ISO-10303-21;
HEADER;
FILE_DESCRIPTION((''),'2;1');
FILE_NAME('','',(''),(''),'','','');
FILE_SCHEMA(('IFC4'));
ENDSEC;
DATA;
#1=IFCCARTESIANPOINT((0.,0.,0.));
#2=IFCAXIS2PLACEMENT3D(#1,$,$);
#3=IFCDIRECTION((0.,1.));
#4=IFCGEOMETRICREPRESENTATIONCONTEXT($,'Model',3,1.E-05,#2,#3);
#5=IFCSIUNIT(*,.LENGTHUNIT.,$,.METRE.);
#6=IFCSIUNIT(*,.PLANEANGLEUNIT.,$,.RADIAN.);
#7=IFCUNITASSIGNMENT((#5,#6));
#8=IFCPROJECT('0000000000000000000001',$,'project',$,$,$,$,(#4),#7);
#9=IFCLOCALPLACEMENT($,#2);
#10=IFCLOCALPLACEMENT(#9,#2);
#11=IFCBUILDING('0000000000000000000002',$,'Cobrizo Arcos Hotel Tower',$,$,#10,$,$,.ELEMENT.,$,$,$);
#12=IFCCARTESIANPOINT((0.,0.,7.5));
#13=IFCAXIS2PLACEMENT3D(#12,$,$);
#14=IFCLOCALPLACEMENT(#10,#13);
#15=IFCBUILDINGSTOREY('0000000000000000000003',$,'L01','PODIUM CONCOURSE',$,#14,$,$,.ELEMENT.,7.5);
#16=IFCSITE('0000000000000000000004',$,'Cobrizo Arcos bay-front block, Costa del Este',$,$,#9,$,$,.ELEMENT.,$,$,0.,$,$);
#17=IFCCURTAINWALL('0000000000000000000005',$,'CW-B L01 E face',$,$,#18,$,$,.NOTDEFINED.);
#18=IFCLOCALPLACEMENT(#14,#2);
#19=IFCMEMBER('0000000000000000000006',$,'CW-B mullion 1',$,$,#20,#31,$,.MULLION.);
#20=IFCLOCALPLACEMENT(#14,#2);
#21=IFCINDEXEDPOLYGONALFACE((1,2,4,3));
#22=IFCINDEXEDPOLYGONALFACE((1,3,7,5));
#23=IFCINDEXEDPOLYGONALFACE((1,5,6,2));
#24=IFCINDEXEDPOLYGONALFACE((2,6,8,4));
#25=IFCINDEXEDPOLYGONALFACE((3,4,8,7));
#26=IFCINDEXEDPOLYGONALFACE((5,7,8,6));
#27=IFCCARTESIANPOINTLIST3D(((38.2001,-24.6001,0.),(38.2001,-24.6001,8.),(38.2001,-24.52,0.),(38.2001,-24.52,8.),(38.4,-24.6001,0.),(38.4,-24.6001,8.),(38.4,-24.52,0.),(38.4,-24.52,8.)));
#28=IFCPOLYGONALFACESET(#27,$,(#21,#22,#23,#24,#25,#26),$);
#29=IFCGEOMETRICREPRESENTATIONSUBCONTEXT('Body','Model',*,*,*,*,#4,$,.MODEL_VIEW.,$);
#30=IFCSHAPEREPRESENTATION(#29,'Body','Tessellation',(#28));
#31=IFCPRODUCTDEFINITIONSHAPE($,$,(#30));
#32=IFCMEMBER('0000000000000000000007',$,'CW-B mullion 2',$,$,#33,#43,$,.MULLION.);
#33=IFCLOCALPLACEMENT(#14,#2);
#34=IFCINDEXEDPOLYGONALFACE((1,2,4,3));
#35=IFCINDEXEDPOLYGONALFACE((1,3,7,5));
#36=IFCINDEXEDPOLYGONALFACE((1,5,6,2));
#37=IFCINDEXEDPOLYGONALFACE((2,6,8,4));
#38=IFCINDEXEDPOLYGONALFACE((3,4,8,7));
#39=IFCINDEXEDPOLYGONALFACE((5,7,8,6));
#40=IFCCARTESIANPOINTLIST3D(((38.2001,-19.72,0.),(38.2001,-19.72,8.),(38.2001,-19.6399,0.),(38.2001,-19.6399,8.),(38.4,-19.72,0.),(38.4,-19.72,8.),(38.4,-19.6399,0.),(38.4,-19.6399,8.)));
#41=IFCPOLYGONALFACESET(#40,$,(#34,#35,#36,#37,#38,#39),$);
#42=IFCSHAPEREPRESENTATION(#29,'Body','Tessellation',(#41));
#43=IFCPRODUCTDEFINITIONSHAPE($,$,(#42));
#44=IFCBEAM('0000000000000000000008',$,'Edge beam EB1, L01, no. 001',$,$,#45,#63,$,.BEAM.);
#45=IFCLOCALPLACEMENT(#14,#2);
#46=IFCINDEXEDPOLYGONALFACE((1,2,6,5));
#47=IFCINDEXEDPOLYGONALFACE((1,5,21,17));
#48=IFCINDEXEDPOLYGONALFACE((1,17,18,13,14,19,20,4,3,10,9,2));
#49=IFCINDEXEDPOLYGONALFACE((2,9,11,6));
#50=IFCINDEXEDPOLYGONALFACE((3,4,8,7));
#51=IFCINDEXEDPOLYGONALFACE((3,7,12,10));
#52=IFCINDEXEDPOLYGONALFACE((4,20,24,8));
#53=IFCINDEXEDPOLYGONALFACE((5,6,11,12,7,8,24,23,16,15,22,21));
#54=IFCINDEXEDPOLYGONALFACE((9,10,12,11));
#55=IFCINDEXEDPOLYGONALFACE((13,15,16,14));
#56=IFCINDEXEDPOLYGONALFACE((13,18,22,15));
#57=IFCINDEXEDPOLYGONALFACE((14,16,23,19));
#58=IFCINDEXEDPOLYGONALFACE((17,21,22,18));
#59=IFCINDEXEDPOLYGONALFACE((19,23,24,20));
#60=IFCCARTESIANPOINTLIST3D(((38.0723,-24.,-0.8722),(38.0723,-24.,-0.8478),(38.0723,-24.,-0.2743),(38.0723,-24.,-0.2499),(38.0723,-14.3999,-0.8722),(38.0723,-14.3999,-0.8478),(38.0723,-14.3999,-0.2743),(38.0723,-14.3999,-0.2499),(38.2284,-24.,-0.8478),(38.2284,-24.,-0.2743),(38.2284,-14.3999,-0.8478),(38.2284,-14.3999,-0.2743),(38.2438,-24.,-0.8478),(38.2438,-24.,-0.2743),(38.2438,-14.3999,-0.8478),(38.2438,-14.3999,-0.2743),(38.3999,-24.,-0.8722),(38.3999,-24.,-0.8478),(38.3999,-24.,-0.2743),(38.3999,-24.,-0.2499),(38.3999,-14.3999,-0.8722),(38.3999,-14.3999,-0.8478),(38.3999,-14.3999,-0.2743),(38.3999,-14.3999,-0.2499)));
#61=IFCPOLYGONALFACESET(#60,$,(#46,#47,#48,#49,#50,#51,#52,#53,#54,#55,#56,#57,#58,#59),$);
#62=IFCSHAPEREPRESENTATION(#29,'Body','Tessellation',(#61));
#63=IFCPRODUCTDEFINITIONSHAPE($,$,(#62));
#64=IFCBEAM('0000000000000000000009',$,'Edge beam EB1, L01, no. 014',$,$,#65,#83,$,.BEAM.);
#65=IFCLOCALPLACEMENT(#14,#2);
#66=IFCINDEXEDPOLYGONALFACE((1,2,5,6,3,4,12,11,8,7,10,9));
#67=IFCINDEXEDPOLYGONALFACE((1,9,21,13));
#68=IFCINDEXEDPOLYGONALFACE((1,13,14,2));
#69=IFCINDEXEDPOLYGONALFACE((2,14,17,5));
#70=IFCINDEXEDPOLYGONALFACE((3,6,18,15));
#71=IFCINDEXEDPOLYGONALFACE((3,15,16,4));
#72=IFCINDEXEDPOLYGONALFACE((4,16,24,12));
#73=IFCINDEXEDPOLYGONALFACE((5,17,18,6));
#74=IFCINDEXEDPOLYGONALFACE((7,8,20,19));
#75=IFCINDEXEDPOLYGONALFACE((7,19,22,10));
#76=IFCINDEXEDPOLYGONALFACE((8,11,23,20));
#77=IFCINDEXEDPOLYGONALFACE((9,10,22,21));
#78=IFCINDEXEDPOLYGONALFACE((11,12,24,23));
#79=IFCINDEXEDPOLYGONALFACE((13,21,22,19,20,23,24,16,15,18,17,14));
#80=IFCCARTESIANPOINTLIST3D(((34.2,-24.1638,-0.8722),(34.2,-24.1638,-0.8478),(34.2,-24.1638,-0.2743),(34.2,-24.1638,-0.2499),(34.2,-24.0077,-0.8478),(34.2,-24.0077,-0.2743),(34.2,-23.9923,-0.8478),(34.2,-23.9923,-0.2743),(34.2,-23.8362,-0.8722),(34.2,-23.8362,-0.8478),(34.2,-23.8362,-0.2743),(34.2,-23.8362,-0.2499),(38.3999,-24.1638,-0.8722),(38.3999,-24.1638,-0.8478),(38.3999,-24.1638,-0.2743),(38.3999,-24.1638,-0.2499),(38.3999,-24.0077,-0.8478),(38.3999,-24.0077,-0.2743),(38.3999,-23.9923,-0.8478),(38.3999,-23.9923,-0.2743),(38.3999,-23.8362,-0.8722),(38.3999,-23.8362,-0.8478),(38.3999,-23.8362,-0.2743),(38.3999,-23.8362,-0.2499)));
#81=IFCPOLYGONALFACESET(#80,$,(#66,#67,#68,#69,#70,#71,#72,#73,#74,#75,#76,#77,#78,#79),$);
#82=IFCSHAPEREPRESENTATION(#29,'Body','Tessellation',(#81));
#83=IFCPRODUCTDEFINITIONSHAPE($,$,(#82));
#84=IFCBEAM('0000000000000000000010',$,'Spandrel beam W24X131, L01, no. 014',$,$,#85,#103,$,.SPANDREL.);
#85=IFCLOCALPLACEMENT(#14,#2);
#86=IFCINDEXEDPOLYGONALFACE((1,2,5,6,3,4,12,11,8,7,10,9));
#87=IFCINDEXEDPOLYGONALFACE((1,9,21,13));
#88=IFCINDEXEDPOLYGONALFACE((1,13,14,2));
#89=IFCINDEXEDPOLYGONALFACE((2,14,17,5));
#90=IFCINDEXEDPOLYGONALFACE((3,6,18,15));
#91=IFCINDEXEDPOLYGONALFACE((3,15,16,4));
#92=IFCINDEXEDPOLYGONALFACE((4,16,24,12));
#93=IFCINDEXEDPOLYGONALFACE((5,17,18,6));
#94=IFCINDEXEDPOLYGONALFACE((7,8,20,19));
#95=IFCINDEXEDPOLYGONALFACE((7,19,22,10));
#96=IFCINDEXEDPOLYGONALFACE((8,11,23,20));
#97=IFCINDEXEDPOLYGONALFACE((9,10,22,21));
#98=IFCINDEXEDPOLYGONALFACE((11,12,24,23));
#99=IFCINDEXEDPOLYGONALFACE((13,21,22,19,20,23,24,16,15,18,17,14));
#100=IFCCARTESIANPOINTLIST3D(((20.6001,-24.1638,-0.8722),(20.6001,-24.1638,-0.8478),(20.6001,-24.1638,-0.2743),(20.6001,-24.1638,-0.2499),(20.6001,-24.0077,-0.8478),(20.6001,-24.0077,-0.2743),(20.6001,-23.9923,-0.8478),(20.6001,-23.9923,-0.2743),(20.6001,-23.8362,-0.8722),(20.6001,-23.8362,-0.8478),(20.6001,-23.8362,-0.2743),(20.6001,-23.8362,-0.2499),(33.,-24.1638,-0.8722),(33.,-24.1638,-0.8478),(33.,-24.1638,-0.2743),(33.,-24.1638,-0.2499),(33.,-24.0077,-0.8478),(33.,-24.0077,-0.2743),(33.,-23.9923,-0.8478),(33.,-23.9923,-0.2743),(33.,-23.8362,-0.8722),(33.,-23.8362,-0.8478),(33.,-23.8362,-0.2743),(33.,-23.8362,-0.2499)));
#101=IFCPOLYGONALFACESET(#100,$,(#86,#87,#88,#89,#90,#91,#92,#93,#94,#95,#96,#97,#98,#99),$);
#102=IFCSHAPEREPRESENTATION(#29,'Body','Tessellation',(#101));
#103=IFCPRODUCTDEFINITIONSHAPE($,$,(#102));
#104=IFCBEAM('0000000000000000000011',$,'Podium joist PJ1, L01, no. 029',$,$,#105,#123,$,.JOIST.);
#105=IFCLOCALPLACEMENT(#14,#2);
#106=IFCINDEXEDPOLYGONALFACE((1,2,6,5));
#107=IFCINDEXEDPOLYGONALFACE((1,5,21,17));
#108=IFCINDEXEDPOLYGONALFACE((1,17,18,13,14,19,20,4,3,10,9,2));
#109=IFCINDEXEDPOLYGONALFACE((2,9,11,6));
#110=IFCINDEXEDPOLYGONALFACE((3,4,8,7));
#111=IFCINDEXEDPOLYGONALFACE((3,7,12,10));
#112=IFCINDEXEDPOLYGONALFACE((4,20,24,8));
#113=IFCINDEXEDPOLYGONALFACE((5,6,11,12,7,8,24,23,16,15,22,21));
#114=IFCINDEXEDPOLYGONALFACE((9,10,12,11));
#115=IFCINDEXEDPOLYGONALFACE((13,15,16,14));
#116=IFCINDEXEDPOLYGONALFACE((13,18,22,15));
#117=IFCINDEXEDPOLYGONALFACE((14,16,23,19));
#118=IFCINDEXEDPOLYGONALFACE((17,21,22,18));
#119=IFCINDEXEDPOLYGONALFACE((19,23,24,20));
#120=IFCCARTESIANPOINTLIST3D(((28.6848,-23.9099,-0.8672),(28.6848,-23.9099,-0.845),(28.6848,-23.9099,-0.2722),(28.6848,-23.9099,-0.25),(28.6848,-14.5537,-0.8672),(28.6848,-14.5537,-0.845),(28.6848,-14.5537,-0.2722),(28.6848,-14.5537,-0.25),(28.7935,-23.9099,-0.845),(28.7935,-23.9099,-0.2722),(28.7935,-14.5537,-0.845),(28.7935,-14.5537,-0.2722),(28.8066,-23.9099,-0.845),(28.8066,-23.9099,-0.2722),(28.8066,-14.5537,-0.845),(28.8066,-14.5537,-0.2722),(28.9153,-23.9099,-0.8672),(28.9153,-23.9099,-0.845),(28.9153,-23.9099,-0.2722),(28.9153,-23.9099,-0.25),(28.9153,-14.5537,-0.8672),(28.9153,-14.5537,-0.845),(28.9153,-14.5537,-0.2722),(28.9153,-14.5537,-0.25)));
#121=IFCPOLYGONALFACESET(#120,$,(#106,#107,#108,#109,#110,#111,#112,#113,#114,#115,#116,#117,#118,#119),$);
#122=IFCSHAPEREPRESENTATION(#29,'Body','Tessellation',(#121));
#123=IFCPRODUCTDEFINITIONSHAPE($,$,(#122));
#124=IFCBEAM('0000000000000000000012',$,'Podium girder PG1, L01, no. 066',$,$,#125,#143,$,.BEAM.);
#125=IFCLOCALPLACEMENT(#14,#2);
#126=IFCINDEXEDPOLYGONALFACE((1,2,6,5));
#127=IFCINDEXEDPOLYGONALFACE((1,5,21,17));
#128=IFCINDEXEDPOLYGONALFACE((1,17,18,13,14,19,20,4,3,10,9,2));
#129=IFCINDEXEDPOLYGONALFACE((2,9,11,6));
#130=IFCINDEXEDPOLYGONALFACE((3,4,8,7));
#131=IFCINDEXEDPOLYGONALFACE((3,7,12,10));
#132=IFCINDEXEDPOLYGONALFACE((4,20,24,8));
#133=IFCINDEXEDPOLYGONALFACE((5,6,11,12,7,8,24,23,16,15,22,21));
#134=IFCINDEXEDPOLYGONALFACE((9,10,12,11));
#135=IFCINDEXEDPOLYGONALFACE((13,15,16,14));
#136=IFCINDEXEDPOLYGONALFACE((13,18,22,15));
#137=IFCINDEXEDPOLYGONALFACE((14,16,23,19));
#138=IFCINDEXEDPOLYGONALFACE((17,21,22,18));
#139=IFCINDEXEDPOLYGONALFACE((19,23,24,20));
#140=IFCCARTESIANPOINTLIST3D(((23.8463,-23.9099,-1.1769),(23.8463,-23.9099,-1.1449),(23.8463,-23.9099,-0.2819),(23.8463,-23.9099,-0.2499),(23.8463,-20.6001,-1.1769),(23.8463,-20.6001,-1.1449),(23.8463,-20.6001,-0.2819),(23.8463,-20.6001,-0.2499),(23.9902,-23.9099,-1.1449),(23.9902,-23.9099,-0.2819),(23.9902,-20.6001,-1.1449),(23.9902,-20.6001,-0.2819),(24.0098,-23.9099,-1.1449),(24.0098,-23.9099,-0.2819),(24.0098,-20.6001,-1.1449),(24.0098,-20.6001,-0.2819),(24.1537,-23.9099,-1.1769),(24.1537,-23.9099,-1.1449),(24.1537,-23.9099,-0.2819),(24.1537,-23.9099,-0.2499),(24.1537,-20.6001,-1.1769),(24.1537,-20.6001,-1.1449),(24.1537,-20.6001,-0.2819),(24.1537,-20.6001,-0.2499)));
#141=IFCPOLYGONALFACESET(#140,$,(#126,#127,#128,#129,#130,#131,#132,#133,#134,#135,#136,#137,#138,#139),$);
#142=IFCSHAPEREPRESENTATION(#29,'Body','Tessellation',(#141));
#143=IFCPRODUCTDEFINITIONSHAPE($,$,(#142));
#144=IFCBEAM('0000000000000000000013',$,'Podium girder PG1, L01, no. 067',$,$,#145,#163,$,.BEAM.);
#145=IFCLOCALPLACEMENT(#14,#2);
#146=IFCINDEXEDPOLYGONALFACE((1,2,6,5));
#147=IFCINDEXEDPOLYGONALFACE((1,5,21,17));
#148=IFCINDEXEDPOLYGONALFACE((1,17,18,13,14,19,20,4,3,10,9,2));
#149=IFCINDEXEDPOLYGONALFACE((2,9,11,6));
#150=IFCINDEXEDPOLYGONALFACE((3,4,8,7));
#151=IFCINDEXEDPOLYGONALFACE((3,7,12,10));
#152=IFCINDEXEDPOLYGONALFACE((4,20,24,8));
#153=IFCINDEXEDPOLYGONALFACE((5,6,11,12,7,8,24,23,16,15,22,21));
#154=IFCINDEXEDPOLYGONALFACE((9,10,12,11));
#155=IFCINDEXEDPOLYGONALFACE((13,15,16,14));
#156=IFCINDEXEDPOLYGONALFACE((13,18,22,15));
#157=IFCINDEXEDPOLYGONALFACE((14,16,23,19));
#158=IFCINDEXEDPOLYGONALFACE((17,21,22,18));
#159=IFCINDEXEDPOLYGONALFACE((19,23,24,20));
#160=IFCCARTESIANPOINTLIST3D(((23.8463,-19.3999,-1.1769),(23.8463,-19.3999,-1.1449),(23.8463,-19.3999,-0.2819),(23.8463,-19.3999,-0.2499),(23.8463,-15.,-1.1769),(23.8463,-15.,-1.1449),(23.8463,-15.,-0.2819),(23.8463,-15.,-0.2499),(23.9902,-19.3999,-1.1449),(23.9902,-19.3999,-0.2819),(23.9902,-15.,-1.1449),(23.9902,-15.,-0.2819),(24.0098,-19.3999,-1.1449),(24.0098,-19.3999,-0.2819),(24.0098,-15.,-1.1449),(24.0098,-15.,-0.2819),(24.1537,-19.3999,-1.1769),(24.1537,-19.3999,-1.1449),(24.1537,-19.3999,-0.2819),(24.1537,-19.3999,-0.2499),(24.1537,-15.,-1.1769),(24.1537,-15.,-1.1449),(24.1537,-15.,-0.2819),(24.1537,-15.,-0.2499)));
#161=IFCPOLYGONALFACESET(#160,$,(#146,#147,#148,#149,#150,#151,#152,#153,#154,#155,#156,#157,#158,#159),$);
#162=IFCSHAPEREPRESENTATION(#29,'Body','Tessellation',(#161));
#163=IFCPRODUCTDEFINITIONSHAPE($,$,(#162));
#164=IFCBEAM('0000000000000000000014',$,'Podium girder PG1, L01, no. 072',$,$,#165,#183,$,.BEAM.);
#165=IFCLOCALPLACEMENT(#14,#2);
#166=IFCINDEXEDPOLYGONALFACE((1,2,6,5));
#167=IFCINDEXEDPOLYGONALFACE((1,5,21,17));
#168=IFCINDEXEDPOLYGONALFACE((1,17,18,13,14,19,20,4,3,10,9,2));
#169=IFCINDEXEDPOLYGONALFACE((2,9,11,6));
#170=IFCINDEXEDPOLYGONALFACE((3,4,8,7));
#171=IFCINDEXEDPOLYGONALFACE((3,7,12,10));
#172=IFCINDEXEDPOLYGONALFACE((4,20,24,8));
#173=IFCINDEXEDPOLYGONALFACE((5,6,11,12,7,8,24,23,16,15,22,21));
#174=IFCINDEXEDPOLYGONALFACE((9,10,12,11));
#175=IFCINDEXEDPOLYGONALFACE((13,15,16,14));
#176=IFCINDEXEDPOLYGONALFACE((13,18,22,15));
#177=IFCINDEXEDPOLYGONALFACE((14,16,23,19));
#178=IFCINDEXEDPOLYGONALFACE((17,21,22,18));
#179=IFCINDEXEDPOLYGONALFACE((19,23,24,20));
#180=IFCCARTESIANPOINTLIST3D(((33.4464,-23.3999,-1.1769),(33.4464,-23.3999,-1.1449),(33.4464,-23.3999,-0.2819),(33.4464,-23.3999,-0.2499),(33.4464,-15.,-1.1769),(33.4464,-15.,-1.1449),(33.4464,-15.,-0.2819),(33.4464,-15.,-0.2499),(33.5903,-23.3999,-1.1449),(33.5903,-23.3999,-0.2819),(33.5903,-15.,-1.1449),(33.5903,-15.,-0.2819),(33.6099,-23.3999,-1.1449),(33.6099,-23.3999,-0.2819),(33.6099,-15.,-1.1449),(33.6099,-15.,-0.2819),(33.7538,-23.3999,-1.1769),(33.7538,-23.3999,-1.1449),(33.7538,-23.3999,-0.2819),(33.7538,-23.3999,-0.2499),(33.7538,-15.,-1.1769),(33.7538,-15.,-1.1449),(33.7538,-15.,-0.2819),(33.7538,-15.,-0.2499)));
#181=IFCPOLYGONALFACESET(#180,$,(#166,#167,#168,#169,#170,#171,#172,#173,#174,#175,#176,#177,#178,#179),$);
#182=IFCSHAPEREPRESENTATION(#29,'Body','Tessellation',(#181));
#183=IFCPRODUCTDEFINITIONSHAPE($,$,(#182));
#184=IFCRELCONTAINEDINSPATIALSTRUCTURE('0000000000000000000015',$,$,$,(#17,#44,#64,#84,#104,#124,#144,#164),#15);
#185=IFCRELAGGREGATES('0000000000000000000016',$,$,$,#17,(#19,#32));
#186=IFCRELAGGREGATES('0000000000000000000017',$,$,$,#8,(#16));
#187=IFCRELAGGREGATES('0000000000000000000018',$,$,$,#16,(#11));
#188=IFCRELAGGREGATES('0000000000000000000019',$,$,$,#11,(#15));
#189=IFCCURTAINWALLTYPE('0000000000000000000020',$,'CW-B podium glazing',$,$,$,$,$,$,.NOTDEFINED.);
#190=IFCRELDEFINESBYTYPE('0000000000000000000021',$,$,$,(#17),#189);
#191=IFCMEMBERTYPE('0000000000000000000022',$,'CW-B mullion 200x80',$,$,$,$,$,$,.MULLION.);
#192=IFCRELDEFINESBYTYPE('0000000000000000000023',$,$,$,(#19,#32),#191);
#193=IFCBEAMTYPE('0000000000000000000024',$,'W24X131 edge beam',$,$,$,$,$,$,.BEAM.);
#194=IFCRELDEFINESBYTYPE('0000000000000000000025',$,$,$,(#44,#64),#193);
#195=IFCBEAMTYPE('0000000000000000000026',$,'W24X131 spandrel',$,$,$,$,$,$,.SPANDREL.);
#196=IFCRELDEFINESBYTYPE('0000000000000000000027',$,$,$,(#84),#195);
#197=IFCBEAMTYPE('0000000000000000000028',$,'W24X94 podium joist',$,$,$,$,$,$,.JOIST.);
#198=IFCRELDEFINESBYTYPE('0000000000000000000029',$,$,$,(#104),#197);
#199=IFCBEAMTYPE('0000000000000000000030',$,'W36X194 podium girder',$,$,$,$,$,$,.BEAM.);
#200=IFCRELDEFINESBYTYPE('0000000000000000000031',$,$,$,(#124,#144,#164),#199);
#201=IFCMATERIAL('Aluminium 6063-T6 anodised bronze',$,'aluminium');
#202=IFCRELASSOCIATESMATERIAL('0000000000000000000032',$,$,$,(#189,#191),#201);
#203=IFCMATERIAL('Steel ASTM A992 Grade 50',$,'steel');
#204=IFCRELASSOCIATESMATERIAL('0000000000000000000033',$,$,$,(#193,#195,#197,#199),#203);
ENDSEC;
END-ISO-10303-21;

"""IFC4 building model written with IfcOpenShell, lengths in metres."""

from ifc_helpers import new_model, si_unit, direction, frame, origin, origin_2d, place, context, subcontext, project, spatial, rectangle, i_section, extrude, material, material_profile, profile_set, type_object, element, aggregate, save


model = new_model("IFC4")

# Units and contexts
model_context = context("Model", 3, precision=1e-05, world=origin(), true_north=direction((0.0, 1.0)))
body_context = subcontext(model_context, "Body", "Model", "MODEL_VIEW")
ifc_project = project(units=[si_unit("LENGTHUNIT", "METRE"), si_unit("PLANEANGLEUNIT", "RADIAN")], contexts=[model_context])

# Site, building, storey
site_placement = place(None, origin())
site = spatial("IfcSite", under=ifc_project, at=site_placement, Name="Cobrizo Arcos bay-front block, Costa del Este", CompositionType="ELEMENT", RefElevation=0.0)
building_placement = place(site_placement, origin())
building = spatial("IfcBuilding", under=site, at=building_placement, Name="Cobrizo Arcos Hotel Tower", CompositionType="ELEMENT")
storey_placement = place(building_placement, frame((0.0, 0.0, 7.5)))
storey = spatial("IfcBuildingStorey", under=building, at=storey_placement, Name="L01", Description="PODIUM CONCOURSE", CompositionType="ELEMENT", Elevation=7.5)

# Curtain wall, members
ifc_material_1 = material(Name="Aluminium 6063-T6 anodised bronze", Category="aluminium")
curtain_wall_type_1 = type_object("IfcCurtainWallType", Name="CW-B podium glazing", PredefinedType="NOTDEFINED", material=ifc_material_1)
curtain_wall_1_placement = place(storey_placement, origin())
curtain_wall_1 = element("IfcCurtainWall", 1, at=curtain_wall_1_placement, inside=storey, type_object=curtain_wall_type_1, Name="CW-B L01 E face", PredefinedType="NOTDEFINED")
ifc_material_profile_1 = material_profile(ifc_material_1, rectangle(XDim=0.2, YDim=0.0801, at=origin_2d()), Name="CW-B mullion 200x80")
ifc_profile_set_1 = profile_set([ifc_material_profile_1], Name="Aluminium 6063-T6 anodised bronze")
member_type_1 = type_object("IfcMemberType", Name="CW-B mullion 200x80", PredefinedType="MULLION", material=ifc_profile_set_1)
member_1_placement = place(storey_placement, frame((38.3, -24.5601, 0.0), z_axis=(0.0, 0.0, 1.0), x_axis=(1.0, 0.0, 0.0)))
member_1 = element("IfcMember", 2, at=member_1_placement, type_object=member_type_1, Name="CW-B mullion 1", PredefinedType="MULLION", context=body_context, shape_type="SweptSolid", body=[
    extrude(rectangle(XDim=0.2, YDim=0.0801, at=origin_2d()), origin(), (0.0, 0.0, 1.0), 8.0),
])
member_2_placement = place(storey_placement, frame((38.3, -19.6799, 0.0), z_axis=(0.0, 0.0, 1.0), x_axis=(1.0, 0.0, 0.0)))
member_2 = element("IfcMember", 3, at=member_2_placement, type_object=member_type_1, Name="CW-B mullion 2", PredefinedType="MULLION", context=body_context, shape_type="SweptSolid", body=[
    extrude(rectangle(XDim=0.2, YDim=0.0801, at=origin_2d()), origin(), (0.0, 0.0, 1.0), 8.0),
])

# Beams
ifc_material_2 = material(Name="Steel ASTM A992 Grade 50", Category="steel")
ifc_material_profile_2 = material_profile(ifc_material_2, i_section(OverallWidth=0.3276, OverallDepth=0.6223, WebThickness=0.0154, FlangeThickness=0.0244, at=origin_2d()), Name="W24X131")
ifc_profile_set_2 = profile_set([ifc_material_profile_2], Name="Steel ASTM A992 Grade 50")
beam_type_1 = type_object("IfcBeamType", Name="W24X131 edge beam", PredefinedType="BEAM", material=ifc_profile_set_2)
beam_1_placement = place(storey_placement, frame((38.2361, -24.0, -0.561), z_axis=(0.0, 1.0, 0.0), x_axis=(-1.0, 0.0, 0.0)))
element("IfcBeam", 4, at=beam_1_placement, inside=storey, type_object=beam_type_1, Name="Edge beam EB1, L01, no. 001", PredefinedType="BEAM", context=body_context, shape_type="SweptSolid", body=[
    extrude(i_section(OverallWidth=0.3276, OverallDepth=0.6223, WebThickness=0.0154, FlangeThickness=0.0244, at=origin_2d()), origin(), (0.0, 0.0, 1.0), 9.6001),
])
beam_2_placement = place(storey_placement, frame((34.2, -24.0, -0.561), z_axis=(1.0, 0.0, 0.0), x_axis=(0.0, 1.0, 0.0)))
element("IfcBeam", 5, at=beam_2_placement, inside=storey, type_object=beam_type_1, Name="Edge beam EB1, L01, no. 014", PredefinedType="BEAM", context=body_context, shape_type="SweptSolid", body=[
    extrude(i_section(OverallWidth=0.3276, OverallDepth=0.6223, WebThickness=0.0154, FlangeThickness=0.0244, at=origin_2d()), origin(), (0.0, 0.0, 1.0), 4.2),
])
ifc_material_profile_3 = material_profile(ifc_material_2, i_section(OverallWidth=0.3276, OverallDepth=0.6223, WebThickness=0.0154, FlangeThickness=0.0244, at=origin_2d()), Name="W24X131")
ifc_profile_set_3 = profile_set([ifc_material_profile_3], Name="Steel ASTM A992 Grade 50")
beam_type_2 = type_object("IfcBeamType", Name="W24X131 spandrel", PredefinedType="SPANDREL", material=ifc_profile_set_3)
beam_3_placement = place(storey_placement, frame((20.6001, -24.0, -0.561), z_axis=(1.0, 0.0, 0.0), x_axis=(0.0, 1.0, 0.0)))
element("IfcBeam", 6, at=beam_3_placement, inside=storey, type_object=beam_type_2, Name="Spandrel beam W24X131, L01, no. 014", PredefinedType="SPANDREL", context=body_context, shape_type="SweptSolid", body=[
    extrude(i_section(OverallWidth=0.3276, OverallDepth=0.6223, WebThickness=0.0154, FlangeThickness=0.0244, at=origin_2d()), origin(), (0.0, 0.0, 1.0), 12.3999),
])
ifc_material_profile_4 = material_profile(ifc_material_2, i_section(OverallWidth=0.2305, OverallDepth=0.6172, WebThickness=0.0132, FlangeThickness=0.0222, at=origin_2d()), Name="W24X94")
ifc_profile_set_4 = profile_set([ifc_material_profile_4], Name="Steel ASTM A992 Grade 50")
beam_type_3 = type_object("IfcBeamType", Name="W24X94 podium joist", PredefinedType="JOIST", material=ifc_profile_set_4)
beam_4_placement = place(storey_placement, frame((28.8, -23.9099, -0.5586), z_axis=(0.0, 1.0, 0.0), x_axis=(-1.0, 0.0, 0.0)))
element("IfcBeam", 7, at=beam_4_placement, inside=storey, type_object=beam_type_3, Name="Podium joist PJ1, L01, no. 029", PredefinedType="JOIST", context=body_context, shape_type="SweptSolid", body=[
    extrude(i_section(OverallWidth=0.2305, OverallDepth=0.6172, WebThickness=0.0132, FlangeThickness=0.0222, at=origin_2d()), origin(), (0.0, 0.0, 1.0), 9.3562),
])
ifc_material_profile_5 = material_profile(ifc_material_2, i_section(OverallWidth=0.3074, OverallDepth=0.927, WebThickness=0.0195, FlangeThickness=0.032, at=origin_2d()), Name="W36X194")
ifc_profile_set_5 = profile_set([ifc_material_profile_5], Name="Steel ASTM A992 Grade 50")
beam_type_4 = type_object("IfcBeamType", Name="W36X194 podium girder", PredefinedType="BEAM", material=ifc_profile_set_5)
beam_5_placement = place(storey_placement, frame((24.0, -23.9099, -0.7134), z_axis=(0.0, 1.0, 0.0), x_axis=(-1.0, 0.0, 0.0)))
element("IfcBeam", 8, at=beam_5_placement, inside=storey, type_object=beam_type_4, Name="Podium girder PG1, L01, no. 066", PredefinedType="BEAM", context=body_context, shape_type="SweptSolid", body=[
    extrude(i_section(OverallWidth=0.3074, OverallDepth=0.927, WebThickness=0.0195, FlangeThickness=0.032, at=origin_2d()), origin(), (0.0, 0.0, 1.0), 3.3098),
])
beam_6_placement = place(storey_placement, frame((24.0, -19.3999, -0.7134), z_axis=(0.0, 1.0, 0.0), x_axis=(-1.0, 0.0, 0.0)))
element("IfcBeam", 9, at=beam_6_placement, inside=storey, type_object=beam_type_4, Name="Podium girder PG1, L01, no. 067", PredefinedType="BEAM", context=body_context, shape_type="SweptSolid", body=[
    extrude(i_section(OverallWidth=0.3074, OverallDepth=0.927, WebThickness=0.0195, FlangeThickness=0.032, at=origin_2d()), origin(), (0.0, 0.0, 1.0), 4.3999),
])
beam_7_placement = place(storey_placement, frame((33.6001, -23.3999, -0.7134), z_axis=(0.0, 1.0, 0.0), x_axis=(-1.0, 0.0, 0.0)))
element("IfcBeam", 10, at=beam_7_placement, inside=storey, type_object=beam_type_4, Name="Podium girder PG1, L01, no. 072", PredefinedType="BEAM", context=body_context, shape_type="SweptSolid", body=[
    extrude(i_section(OverallWidth=0.3074, OverallDepth=0.927, WebThickness=0.0195, FlangeThickness=0.032, at=origin_2d()), origin(), (0.0, 0.0, 1.0), 8.3999),
])

aggregate(curtain_wall_1, [member_1, member_2])

save(model, "model.ifc")
